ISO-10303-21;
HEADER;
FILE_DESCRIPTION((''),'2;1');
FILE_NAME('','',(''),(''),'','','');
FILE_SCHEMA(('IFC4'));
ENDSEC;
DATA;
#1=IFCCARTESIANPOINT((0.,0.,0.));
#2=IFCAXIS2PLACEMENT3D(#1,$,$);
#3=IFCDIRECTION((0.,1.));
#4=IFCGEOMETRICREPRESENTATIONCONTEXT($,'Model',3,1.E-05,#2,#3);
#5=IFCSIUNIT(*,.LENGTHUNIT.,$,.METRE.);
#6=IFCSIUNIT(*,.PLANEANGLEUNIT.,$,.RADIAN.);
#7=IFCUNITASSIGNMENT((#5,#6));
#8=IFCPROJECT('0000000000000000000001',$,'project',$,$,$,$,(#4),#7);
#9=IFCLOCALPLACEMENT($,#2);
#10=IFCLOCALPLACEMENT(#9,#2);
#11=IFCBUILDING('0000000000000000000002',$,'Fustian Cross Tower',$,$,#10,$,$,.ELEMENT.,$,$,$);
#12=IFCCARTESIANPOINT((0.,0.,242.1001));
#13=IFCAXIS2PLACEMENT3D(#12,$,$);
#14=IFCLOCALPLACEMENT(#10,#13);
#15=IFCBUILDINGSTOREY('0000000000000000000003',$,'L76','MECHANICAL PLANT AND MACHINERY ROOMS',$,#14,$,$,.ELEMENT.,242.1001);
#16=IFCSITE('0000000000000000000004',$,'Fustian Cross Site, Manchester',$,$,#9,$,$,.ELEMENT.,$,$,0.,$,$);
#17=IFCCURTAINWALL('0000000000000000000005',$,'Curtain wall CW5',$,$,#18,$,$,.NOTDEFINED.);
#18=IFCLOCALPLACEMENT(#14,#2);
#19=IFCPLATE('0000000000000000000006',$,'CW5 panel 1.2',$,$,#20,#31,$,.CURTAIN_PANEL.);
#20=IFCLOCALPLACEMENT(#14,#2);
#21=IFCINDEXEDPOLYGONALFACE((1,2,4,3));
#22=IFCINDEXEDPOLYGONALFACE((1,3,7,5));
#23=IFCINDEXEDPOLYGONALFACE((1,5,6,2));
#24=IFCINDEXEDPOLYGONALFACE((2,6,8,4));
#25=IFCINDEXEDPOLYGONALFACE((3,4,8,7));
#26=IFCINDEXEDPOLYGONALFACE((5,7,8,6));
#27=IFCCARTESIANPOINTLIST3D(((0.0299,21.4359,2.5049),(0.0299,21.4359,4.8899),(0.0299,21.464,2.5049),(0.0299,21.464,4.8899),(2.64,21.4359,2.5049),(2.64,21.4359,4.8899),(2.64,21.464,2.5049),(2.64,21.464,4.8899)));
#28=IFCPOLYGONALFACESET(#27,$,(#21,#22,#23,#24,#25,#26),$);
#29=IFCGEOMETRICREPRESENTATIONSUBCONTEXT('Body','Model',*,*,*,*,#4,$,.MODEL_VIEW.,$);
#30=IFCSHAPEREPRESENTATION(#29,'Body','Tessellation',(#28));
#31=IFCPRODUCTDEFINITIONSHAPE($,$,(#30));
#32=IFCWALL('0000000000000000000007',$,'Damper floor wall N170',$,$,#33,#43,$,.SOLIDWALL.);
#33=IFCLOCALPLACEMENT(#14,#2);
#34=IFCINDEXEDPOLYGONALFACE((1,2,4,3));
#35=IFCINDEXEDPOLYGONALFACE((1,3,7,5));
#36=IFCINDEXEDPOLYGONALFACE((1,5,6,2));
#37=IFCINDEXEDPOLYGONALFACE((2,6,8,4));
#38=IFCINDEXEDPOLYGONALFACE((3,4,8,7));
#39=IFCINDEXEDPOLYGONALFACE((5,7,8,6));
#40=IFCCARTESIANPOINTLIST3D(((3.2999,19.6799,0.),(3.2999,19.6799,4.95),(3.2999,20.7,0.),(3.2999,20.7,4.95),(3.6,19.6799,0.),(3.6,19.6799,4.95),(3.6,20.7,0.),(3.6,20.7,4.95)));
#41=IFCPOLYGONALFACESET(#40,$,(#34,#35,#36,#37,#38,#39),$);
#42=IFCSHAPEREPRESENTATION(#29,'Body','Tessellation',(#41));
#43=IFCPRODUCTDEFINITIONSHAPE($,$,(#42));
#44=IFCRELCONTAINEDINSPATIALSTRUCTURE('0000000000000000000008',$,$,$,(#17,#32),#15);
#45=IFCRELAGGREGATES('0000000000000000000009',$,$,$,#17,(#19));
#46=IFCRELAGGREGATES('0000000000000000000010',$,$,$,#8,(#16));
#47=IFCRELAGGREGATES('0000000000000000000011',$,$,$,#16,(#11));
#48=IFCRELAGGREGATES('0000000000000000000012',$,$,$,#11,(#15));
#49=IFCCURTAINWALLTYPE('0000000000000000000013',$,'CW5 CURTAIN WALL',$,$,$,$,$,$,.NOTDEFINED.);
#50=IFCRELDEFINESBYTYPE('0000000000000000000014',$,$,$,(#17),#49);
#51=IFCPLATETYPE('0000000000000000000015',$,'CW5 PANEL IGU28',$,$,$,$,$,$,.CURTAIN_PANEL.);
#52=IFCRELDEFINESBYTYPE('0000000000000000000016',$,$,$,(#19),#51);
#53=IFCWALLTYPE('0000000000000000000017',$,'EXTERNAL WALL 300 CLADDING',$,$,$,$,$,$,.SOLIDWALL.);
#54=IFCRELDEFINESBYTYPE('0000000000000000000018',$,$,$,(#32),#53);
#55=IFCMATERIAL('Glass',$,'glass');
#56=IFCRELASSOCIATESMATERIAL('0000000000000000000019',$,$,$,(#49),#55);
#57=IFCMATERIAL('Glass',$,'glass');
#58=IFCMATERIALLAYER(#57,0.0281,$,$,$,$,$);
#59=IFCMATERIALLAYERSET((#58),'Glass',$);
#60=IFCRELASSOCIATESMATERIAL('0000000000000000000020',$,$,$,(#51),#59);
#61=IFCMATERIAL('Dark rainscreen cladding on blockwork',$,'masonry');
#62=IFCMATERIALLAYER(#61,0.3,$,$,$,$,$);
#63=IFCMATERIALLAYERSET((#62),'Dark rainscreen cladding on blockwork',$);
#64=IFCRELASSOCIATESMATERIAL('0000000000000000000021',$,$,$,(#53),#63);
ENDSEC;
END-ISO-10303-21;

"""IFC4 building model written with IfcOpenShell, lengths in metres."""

from ifc_helpers import new_model, si_unit, direction, frame, frame_2d, origin, origin_2d, place, context, subcontext, project, spatial, rectangle, extrude, material, layer, layer_set, type_object, element, aggregate, save


model = new_model("IFC4")

# Units and contexts
model_context = context("Model", 3, precision=1e-05, world=origin(), true_north=direction((0.0, 1.0)))
body_context = subcontext(model_context, "Body", "Model", "MODEL_VIEW")
ifc_project = project(units=[si_unit("LENGTHUNIT", "METRE"), si_unit("PLANEANGLEUNIT", "RADIAN")], contexts=[model_context])

# Site, building, storey
site_placement = place(None, origin())
site = spatial("IfcSite", under=ifc_project, at=site_placement, Name="Fustian Cross Site, Manchester", CompositionType="ELEMENT", RefElevation=0.0)
building_placement = place(site_placement, origin())
building = spatial("IfcBuilding", under=site, at=building_placement, Name="Fustian Cross Tower", CompositionType="ELEMENT")
storey_placement = place(building_placement, frame((0.0, 0.0, 242.1001)))
storey = spatial("IfcBuildingStorey", under=building, at=storey_placement, Name="L76", Description="MECHANICAL PLANT AND MACHINERY ROOMS", CompositionType="ELEMENT", Elevation=242.1001)

# Shared definitions
ifc_material_1 = material(Name="Glass", Category="glass")
curtain_wall_type = type_object("IfcCurtainWallType", Name="CW5 CURTAIN WALL", PredefinedType="NOTDEFINED", material=ifc_material_1)

# Curtain wall
curtain_wall_1_placement = place(storey_placement, origin())
curtain_wall_1 = element("IfcCurtainWall", 1, at=curtain_wall_1_placement, inside=storey, type_object=curtain_wall_type, Name="Curtain wall CW5", PredefinedType="NOTDEFINED")

# Plate
ifc_material_2 = material(Name="Glass", Category="glass")
ifc_layer_1 = layer(ifc_material_2, 0.0281)
ifc_layer_set_1 = layer_set([ifc_layer_1], Name="Glass")
plate_type = type_object("IfcPlateType", Name="CW5 PANEL IGU28", PredefinedType="CURTAIN_PANEL", material=ifc_layer_set_1)
plate_1_placement = place(storey_placement, frame((1.335, 21.45, 2.5049), z_axis=(0.0, 0.0, 1.0), x_axis=(-1.0, 0.0, 0.0)))
plate_1 = element("IfcPlate", 2, at=plate_1_placement, type_object=plate_type, Name="CW5 panel 1.2", PredefinedType="CURTAIN_PANEL", context=body_context, shape_type="SweptSolid", body=[
    extrude(rectangle(XDim=2.6101, YDim=0.0281, at=origin_2d()), origin(), (0.0, 0.0, 1.0), 2.385),
])
aggregate(curtain_wall_1, [plate_1])

# Wall
ifc_material_3 = material(Name="Dark rainscreen cladding on blockwork", Category="masonry")
ifc_layer_2 = layer(ifc_material_3, 0.3)
ifc_layer_set_2 = layer_set([ifc_layer_2], Name="Dark rainscreen cladding on blockwork")
wall_type = type_object("IfcWallType", Name="EXTERNAL WALL 300 CLADDING", PredefinedType="SOLIDWALL", material=ifc_layer_set_2)
wall_placement = place(storey_placement, frame((3.45, 19.6799, 0.0), z_axis=(0.0, 0.0, 1.0), x_axis=(0.0, 1.0, 0.0)))
element("IfcWall", 3, at=wall_placement, inside=storey, type_object=wall_type, Name="Damper floor wall N170", PredefinedType="SOLIDWALL", context=body_context, shape_type="SweptSolid", body=[
    extrude(rectangle(XDim=1.02, YDim=0.3, at=frame_2d((0.51, 0.0))), origin(), (0.0, 0.0, 1.0), 4.95),
])

save(model, "model.ifc")
